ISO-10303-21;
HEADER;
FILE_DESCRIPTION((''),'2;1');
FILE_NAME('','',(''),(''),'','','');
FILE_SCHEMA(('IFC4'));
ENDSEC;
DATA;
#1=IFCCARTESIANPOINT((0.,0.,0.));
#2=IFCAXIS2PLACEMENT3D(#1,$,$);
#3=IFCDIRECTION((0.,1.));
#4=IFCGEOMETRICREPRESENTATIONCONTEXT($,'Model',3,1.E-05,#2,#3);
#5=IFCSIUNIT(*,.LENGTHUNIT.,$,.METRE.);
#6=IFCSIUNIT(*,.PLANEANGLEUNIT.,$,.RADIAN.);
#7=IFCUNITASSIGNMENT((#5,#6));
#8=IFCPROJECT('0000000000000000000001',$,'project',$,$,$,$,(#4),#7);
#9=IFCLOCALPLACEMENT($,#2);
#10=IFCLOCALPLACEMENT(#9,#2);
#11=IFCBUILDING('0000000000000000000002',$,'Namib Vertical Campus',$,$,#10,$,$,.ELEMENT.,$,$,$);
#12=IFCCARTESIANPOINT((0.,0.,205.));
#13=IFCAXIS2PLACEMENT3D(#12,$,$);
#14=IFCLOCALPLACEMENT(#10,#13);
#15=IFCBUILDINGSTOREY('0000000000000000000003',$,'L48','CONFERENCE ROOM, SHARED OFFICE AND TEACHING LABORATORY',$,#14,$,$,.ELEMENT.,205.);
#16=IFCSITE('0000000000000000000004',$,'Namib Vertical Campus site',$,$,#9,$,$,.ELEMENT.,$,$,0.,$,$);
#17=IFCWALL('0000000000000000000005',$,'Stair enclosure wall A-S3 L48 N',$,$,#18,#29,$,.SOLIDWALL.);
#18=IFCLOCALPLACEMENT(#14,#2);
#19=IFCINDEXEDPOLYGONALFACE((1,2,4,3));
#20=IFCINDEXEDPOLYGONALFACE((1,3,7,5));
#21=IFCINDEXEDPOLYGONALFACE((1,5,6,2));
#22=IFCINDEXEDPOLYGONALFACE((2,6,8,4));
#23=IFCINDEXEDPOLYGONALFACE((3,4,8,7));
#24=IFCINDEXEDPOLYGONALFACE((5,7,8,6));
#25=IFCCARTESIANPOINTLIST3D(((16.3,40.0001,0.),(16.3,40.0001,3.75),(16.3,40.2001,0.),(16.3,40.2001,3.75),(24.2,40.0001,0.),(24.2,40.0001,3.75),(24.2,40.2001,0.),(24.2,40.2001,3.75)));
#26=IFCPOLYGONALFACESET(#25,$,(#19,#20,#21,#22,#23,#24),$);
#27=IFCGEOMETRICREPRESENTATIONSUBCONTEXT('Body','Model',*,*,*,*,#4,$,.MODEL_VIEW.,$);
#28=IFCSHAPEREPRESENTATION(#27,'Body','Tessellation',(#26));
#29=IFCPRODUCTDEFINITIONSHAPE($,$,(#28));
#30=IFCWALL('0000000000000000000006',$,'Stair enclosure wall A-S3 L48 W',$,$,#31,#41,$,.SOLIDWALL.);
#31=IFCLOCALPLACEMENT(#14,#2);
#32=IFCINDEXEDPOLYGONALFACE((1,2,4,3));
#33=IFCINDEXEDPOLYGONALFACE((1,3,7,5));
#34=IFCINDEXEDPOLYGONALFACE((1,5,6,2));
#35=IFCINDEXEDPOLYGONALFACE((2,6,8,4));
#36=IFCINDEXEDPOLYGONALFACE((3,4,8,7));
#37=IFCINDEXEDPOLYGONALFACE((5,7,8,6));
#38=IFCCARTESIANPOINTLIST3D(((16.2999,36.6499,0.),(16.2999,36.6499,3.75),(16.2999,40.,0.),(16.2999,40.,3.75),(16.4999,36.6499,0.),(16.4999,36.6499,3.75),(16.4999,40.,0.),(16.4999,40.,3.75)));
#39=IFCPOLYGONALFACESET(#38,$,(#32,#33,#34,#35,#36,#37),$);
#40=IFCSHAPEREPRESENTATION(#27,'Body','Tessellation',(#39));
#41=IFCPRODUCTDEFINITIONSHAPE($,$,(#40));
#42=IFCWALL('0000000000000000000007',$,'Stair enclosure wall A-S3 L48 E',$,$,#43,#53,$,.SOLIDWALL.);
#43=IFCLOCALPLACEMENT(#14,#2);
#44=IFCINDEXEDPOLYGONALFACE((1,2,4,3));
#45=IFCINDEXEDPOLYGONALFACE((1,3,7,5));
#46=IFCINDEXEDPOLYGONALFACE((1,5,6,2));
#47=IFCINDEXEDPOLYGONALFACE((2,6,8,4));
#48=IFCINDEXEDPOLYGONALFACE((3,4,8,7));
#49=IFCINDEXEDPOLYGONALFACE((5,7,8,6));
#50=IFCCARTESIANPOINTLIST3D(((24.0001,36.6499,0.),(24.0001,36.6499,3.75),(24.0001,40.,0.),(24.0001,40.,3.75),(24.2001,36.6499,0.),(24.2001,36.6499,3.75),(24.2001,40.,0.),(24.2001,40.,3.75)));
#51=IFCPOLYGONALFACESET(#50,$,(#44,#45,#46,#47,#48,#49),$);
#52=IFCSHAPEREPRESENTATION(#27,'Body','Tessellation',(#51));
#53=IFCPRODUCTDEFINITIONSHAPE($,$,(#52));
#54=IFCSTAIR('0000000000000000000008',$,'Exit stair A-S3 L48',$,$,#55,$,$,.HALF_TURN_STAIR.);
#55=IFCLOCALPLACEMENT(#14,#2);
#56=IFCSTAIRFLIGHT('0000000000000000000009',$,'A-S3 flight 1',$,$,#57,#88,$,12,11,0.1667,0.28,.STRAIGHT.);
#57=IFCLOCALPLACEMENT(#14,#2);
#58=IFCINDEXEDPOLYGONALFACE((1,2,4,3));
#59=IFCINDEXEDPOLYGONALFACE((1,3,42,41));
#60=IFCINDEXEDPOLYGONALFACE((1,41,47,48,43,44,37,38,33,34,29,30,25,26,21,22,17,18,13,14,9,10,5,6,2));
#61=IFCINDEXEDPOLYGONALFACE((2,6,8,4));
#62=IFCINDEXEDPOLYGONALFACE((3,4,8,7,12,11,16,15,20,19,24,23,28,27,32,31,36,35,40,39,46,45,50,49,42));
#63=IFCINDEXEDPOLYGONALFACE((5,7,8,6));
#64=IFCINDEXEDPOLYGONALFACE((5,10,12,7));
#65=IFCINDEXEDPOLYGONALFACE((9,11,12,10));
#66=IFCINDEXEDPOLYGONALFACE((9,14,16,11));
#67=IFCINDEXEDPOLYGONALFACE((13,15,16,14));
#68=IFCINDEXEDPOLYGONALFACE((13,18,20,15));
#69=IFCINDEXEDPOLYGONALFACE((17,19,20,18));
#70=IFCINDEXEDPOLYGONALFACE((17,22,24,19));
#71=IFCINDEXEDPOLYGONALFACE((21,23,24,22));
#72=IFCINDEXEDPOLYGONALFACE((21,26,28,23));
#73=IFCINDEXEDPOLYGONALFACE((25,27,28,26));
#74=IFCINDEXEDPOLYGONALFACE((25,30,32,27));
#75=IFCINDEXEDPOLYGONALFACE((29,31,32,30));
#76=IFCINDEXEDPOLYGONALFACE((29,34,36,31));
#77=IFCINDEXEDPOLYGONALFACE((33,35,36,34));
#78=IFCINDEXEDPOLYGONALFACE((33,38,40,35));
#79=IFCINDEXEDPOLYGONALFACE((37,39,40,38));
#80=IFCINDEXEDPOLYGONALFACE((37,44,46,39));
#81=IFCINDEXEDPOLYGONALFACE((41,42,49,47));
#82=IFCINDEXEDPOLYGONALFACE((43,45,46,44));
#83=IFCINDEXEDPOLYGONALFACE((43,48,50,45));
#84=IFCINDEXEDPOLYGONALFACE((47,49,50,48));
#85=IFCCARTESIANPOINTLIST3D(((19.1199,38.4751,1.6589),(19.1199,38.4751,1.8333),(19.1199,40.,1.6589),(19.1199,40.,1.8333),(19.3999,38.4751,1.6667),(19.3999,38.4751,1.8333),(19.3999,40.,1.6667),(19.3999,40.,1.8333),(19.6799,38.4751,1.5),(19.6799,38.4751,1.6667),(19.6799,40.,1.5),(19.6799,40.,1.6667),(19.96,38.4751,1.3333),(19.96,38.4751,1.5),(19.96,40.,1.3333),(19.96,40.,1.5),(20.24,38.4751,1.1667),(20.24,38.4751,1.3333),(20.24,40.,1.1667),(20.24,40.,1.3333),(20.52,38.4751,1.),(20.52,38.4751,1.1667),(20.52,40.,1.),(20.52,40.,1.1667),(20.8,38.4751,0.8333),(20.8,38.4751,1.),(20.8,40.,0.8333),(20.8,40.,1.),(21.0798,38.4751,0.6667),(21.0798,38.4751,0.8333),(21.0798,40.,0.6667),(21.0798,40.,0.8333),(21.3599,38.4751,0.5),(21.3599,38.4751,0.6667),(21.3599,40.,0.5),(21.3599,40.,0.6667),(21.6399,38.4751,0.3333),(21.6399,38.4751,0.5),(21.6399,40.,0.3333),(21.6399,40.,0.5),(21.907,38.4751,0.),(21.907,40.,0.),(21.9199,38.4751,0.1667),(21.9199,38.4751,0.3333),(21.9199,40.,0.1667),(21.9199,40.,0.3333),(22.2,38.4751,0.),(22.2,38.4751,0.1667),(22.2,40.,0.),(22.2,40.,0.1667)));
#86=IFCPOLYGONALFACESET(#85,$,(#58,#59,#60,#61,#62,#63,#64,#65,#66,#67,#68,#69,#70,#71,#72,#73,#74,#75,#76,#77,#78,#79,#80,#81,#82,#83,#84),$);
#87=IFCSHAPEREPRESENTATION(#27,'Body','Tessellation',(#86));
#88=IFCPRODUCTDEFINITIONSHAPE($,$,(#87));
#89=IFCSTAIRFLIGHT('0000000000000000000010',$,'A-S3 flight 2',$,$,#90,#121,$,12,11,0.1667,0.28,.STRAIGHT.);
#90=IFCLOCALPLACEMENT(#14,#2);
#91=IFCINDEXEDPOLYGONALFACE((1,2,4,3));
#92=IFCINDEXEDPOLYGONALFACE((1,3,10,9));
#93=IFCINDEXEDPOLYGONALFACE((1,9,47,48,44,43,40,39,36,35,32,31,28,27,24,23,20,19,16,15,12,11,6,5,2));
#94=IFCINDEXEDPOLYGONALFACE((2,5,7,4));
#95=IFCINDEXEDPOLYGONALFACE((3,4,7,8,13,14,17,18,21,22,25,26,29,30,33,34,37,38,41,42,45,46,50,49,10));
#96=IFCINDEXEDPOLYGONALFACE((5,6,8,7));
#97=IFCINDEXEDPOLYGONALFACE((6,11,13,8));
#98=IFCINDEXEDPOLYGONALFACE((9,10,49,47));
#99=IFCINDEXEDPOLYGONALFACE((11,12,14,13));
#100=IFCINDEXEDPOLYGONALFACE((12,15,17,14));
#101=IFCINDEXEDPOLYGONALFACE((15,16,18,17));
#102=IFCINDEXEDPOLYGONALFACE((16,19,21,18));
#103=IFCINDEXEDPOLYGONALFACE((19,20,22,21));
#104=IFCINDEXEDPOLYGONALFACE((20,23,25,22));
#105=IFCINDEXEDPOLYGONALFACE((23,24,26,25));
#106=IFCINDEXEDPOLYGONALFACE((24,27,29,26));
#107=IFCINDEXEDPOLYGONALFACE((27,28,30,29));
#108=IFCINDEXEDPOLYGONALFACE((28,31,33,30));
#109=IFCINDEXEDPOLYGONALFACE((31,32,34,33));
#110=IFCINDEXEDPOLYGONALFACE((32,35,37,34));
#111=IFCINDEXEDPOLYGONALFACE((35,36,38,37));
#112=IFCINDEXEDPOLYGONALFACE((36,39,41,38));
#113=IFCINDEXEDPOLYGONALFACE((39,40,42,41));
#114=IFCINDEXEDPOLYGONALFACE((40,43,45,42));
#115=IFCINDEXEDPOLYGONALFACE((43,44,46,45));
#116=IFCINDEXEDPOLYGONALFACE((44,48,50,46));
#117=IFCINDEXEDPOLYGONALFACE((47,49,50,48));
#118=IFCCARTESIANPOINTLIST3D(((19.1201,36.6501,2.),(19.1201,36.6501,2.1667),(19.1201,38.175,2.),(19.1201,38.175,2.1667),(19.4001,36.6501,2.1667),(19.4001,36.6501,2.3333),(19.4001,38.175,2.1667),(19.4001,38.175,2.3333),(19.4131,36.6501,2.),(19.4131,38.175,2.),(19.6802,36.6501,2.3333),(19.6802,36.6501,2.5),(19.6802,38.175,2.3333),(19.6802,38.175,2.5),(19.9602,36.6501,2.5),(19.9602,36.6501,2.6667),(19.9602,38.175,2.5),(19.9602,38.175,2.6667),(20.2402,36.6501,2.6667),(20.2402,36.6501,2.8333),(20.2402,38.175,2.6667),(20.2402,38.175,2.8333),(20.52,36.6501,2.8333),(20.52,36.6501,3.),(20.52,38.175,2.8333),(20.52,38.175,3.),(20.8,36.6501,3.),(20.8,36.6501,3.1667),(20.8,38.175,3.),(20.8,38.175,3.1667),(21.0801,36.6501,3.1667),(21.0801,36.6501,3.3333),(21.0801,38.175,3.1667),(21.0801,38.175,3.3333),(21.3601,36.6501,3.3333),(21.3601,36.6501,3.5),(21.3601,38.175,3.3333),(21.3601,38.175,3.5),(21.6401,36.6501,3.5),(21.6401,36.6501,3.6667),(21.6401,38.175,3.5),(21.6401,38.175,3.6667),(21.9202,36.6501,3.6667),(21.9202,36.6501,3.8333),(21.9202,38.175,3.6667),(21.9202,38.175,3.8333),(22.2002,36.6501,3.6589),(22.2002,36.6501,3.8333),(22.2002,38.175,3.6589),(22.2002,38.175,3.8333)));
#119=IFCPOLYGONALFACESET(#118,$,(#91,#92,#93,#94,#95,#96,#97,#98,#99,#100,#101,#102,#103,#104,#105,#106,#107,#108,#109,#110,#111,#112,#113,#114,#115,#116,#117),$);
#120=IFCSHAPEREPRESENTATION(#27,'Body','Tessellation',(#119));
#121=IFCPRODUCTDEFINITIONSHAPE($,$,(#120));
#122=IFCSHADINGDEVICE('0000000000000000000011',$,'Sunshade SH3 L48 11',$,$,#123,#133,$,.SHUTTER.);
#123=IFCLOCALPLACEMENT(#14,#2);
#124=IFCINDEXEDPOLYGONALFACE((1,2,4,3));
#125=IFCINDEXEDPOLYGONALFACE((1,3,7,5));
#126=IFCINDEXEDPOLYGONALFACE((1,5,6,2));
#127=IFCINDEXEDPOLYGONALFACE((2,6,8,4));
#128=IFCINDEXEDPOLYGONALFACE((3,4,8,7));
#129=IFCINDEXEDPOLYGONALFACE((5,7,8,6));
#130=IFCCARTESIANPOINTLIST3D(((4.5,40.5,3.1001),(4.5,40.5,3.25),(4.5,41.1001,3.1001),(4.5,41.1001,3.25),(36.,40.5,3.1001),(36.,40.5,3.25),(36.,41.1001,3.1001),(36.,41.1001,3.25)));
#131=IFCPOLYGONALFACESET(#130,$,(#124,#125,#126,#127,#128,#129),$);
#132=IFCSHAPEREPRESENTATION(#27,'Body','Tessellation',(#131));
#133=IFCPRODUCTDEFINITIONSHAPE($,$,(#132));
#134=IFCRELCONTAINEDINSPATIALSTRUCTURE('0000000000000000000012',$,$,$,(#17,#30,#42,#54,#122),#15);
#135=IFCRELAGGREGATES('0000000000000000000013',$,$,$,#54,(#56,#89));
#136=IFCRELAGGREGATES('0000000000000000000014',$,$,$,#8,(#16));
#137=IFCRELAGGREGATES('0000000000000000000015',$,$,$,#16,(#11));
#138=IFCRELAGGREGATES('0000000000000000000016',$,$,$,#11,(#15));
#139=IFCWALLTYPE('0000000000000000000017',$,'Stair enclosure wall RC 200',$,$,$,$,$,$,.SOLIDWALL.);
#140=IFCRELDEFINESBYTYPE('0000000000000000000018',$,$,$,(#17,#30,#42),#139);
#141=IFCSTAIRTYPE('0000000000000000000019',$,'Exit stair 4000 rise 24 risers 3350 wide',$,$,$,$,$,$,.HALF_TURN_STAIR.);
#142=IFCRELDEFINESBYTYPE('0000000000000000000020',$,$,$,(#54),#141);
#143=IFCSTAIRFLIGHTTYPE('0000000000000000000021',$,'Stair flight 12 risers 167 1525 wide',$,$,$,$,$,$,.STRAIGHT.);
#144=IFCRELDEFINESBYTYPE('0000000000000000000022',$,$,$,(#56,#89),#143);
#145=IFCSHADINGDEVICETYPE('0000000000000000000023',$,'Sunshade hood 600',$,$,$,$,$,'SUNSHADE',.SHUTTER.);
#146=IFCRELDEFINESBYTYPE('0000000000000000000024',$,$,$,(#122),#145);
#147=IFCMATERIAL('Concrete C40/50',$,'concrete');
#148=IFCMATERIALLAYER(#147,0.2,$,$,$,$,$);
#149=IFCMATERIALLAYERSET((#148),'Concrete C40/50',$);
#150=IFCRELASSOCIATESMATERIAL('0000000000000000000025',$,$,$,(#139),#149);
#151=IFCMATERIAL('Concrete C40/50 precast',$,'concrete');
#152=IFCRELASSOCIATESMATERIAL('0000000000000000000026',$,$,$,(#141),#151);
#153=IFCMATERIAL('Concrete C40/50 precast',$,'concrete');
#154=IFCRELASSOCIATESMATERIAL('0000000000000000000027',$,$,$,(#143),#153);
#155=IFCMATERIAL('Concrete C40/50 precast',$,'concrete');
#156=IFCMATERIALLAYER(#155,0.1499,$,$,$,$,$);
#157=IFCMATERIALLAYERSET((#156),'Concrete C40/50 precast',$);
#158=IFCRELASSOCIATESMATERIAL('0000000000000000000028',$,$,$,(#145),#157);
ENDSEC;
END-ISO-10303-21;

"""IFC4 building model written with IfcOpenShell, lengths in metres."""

from ifc_helpers import new_model, si_unit, direction, frame, frame_2d, origin, origin_2d, place, context, subcontext, project, spatial, polyline, rectangle, outline, extrude, material, layer, layer_set, type_object, element, aggregate, save


model = new_model("IFC4")

# Units and contexts
model_context = context("Model", 3, precision=1e-05, world=origin(), true_north=direction((0.0, 1.0)))
body_context = subcontext(model_context, "Body", "Model", "MODEL_VIEW")
ifc_project = project(units=[si_unit("LENGTHUNIT", "METRE"), si_unit("PLANEANGLEUNIT", "RADIAN")], contexts=[model_context])

# Site, building, storey
site_placement = place(None, origin())
site = spatial("IfcSite", under=ifc_project, at=site_placement, Name="Namib Vertical Campus site", CompositionType="ELEMENT", RefElevation=0.0)
building_placement = place(site_placement, origin())
building = spatial("IfcBuilding", under=site, at=building_placement, Name="Namib Vertical Campus", CompositionType="ELEMENT")
storey_placement = place(building_placement, frame((0.0, 0.0, 205.0)))
storey = spatial("IfcBuildingStorey", under=building, at=storey_placement, Name="L48", Description="CONFERENCE ROOM, SHARED OFFICE AND TEACHING LABORATORY", CompositionType="ELEMENT", Elevation=205.0)

# Shared definitions
ifc_material_1 = material(Name="Concrete C40/50", Category="concrete")
ifc_layer_1 = layer(ifc_material_1, 0.2)
ifc_layer_set_1 = layer_set([ifc_layer_1], Name="Concrete C40/50")
wall_type_1 = type_object("IfcWallType", Name="Stair enclosure wall RC 200", PredefinedType="SOLIDWALL", material=ifc_layer_set_1)

# Walls
wall_1_placement = place(storey_placement, frame((16.3, 40.1001, 0.0), z_axis=(0.0, 0.0, 1.0), x_axis=(1.0, 0.0, 0.0)))
element("IfcWall", 1, at=wall_1_placement, inside=storey, type_object=wall_type_1, Name="Stair enclosure wall A-S3 L48 N", PredefinedType="SOLIDWALL", context=body_context, shape_type="SweptSolid", body=[
    extrude(rectangle(XDim=7.8999, YDim=0.2, at=frame_2d((3.95, 0.0))), origin(), (0.0, 0.0, 1.0), 3.75),
])
for number, where, z_axis, x_axis, name in (
    (2, (16.3999, 36.6499, 0.0), (0.0, 0.0, 1.0), (0.0, 1.0, 0.0), "Stair enclosure wall A-S3 L48 W"),
    (3, (24.1001, 36.6499, 0.0), (0.0, 0.0, 1.0), (0.0, 1.0, 0.0), "Stair enclosure wall A-S3 L48 E"),
):
    element("IfcWall", number, at=place(storey_placement, frame(where, z_axis=z_axis, x_axis=x_axis)), inside=storey, type_object=wall_type_1, Name=name, PredefinedType="SOLIDWALL", context=body_context, shape_type="SweptSolid", body=[
        extrude(rectangle(XDim=3.3501, YDim=0.2, at=frame_2d((1.675, 0.0))), origin(), (0.0, 0.0, 1.0), 3.75),
    ])

# Stair, stair flights
ifc_material_2 = material(Name="Concrete C40/50 precast", Category="concrete")
stair_type = type_object("IfcStairType", Name="Exit stair 4000 rise 24 risers 3350 wide", PredefinedType="HALF_TURN_STAIR", material=ifc_material_2)
stair_placement = place(storey_placement, origin())
stair = element("IfcStair", 4, at=stair_placement, inside=storey, type_object=stair_type, Name="Exit stair A-S3 L48", PredefinedType="HALF_TURN_STAIR")
ifc_material_3 = material(Name="Concrete C40/50 precast", Category="concrete")
stair_flight_type = type_object("IfcStairFlightType", Name="Stair flight 12 risers 167 1525 wide", PredefinedType="STRAIGHT", material=ifc_material_3)
stair_flight_1_placement = place(storey_placement, frame((22.2, 39.2375, 0.0), z_axis=(0.0, 0.0, 1.0), x_axis=(-1.0, 0.0, 0.0)))
stair_flight_1 = element("IfcStairFlight", 5, at=stair_flight_1_placement, type_object=stair_flight_type, Name="A-S3 flight 1", NumberOfRisers=12, NumberOfTreads=11, PredefinedType="STRAIGHT", RiserHeight=0.1667, TreadLength=0.28, context=body_context, shape_type="SweptSolid", body=[
    extrude(outline(polyline([(0.0, 0.0), (0.0, 0.1667), (0.28, 0.1667), (0.28, 0.3333), (0.5601, 0.3333), (0.5601, 0.5), (0.8401, 0.5), (0.8401, 0.6667), (1.1201, 0.6667), (1.1201, 0.8333), (1.3999, 0.8333), (1.3999, 1.0), (1.6799, 1.0), (1.6799, 1.1667), (1.96, 1.1667), (1.96, 1.3333), (2.24, 1.3333), (2.24, 1.5), (2.52, 1.5), (2.52, 1.6667), (2.8, 1.6667), (2.8, 1.8333), (3.0801, 1.8333), (3.0801, 2.0), (3.0801, 1.6589), (0.293, 0.0), (0.0, 0.0)])), frame((0.0, 0.7625, 0.0), z_axis=(0.0, -1.0, 0.0), x_axis=(1.0, 0.0, 0.0)), (0.0, 0.0, 1.0), 1.5249),
])
stair_flight_2_placement = place(storey_placement, frame((19.1201, 37.4126, 2.0), z_axis=(0.0, 0.0, 1.0), x_axis=(1.0, 0.0, 0.0)))
stair_flight_2 = element("IfcStairFlight", 6, at=stair_flight_2_placement, type_object=stair_flight_type, Name="A-S3 flight 2", NumberOfRisers=12, NumberOfTreads=11, PredefinedType="STRAIGHT", RiserHeight=0.1667, TreadLength=0.28, context=body_context, shape_type="SweptSolid", body=[
    extrude(outline(polyline([(0.0, 0.0), (0.0, 0.1667), (0.28, 0.1667), (0.28, 0.3333), (0.5601, 0.3333), (0.5601, 0.5), (0.8401, 0.5), (0.8401, 0.6667), (1.1201, 0.6667), (1.1201, 0.8333), (1.3999, 0.8333), (1.3999, 1.0), (1.6799, 1.0), (1.6799, 1.1667), (1.96, 1.1667), (1.96, 1.3333), (2.24, 1.3333), (2.24, 1.5), (2.52, 1.5), (2.52, 1.6667), (2.8, 1.6667), (2.8, 1.8333), (3.0801, 1.8333), (3.0801, 2.0), (3.0801, 1.6589), (0.293, 0.0), (0.0, 0.0)])), frame((0.0, 0.7625, 0.0), z_axis=(0.0, -1.0, 0.0), x_axis=(1.0, 0.0, 0.0)), (0.0, 0.0, 1.0), 1.5249),
])
aggregate(stair, [stair_flight_1, stair_flight_2])

# Shading device
ifc_material_4 = material(Name="Concrete C40/50 precast", Category="concrete")
ifc_layer_2 = layer(ifc_material_4, 0.1499)
ifc_layer_set_2 = layer_set([ifc_layer_2], Name="Concrete C40/50 precast")
shading_device_type = type_object("IfcShadingDeviceType", Name="Sunshade hood 600", ElementType="SUNSHADE", PredefinedType="SHUTTER", material=ifc_layer_set_2)
shading_device_placement = place(storey_placement, frame((20.25, 40.8, 3.1001), z_axis=(0.0, 0.0, 1.0), x_axis=(-1.0, 0.0, 0.0)))
element("IfcShadingDevice", 7, at=shading_device_placement, inside=storey, type_object=shading_device_type, Name="Sunshade SH3 L48 11", PredefinedType="SHUTTER", context=body_context, shape_type="SweptSolid", body=[
    extrude(rectangle(XDim=31.5, YDim=0.6001, at=origin_2d()), origin(), (0.0, 0.0, 1.0), 0.1499),
])

save(model, "model.ifc")
